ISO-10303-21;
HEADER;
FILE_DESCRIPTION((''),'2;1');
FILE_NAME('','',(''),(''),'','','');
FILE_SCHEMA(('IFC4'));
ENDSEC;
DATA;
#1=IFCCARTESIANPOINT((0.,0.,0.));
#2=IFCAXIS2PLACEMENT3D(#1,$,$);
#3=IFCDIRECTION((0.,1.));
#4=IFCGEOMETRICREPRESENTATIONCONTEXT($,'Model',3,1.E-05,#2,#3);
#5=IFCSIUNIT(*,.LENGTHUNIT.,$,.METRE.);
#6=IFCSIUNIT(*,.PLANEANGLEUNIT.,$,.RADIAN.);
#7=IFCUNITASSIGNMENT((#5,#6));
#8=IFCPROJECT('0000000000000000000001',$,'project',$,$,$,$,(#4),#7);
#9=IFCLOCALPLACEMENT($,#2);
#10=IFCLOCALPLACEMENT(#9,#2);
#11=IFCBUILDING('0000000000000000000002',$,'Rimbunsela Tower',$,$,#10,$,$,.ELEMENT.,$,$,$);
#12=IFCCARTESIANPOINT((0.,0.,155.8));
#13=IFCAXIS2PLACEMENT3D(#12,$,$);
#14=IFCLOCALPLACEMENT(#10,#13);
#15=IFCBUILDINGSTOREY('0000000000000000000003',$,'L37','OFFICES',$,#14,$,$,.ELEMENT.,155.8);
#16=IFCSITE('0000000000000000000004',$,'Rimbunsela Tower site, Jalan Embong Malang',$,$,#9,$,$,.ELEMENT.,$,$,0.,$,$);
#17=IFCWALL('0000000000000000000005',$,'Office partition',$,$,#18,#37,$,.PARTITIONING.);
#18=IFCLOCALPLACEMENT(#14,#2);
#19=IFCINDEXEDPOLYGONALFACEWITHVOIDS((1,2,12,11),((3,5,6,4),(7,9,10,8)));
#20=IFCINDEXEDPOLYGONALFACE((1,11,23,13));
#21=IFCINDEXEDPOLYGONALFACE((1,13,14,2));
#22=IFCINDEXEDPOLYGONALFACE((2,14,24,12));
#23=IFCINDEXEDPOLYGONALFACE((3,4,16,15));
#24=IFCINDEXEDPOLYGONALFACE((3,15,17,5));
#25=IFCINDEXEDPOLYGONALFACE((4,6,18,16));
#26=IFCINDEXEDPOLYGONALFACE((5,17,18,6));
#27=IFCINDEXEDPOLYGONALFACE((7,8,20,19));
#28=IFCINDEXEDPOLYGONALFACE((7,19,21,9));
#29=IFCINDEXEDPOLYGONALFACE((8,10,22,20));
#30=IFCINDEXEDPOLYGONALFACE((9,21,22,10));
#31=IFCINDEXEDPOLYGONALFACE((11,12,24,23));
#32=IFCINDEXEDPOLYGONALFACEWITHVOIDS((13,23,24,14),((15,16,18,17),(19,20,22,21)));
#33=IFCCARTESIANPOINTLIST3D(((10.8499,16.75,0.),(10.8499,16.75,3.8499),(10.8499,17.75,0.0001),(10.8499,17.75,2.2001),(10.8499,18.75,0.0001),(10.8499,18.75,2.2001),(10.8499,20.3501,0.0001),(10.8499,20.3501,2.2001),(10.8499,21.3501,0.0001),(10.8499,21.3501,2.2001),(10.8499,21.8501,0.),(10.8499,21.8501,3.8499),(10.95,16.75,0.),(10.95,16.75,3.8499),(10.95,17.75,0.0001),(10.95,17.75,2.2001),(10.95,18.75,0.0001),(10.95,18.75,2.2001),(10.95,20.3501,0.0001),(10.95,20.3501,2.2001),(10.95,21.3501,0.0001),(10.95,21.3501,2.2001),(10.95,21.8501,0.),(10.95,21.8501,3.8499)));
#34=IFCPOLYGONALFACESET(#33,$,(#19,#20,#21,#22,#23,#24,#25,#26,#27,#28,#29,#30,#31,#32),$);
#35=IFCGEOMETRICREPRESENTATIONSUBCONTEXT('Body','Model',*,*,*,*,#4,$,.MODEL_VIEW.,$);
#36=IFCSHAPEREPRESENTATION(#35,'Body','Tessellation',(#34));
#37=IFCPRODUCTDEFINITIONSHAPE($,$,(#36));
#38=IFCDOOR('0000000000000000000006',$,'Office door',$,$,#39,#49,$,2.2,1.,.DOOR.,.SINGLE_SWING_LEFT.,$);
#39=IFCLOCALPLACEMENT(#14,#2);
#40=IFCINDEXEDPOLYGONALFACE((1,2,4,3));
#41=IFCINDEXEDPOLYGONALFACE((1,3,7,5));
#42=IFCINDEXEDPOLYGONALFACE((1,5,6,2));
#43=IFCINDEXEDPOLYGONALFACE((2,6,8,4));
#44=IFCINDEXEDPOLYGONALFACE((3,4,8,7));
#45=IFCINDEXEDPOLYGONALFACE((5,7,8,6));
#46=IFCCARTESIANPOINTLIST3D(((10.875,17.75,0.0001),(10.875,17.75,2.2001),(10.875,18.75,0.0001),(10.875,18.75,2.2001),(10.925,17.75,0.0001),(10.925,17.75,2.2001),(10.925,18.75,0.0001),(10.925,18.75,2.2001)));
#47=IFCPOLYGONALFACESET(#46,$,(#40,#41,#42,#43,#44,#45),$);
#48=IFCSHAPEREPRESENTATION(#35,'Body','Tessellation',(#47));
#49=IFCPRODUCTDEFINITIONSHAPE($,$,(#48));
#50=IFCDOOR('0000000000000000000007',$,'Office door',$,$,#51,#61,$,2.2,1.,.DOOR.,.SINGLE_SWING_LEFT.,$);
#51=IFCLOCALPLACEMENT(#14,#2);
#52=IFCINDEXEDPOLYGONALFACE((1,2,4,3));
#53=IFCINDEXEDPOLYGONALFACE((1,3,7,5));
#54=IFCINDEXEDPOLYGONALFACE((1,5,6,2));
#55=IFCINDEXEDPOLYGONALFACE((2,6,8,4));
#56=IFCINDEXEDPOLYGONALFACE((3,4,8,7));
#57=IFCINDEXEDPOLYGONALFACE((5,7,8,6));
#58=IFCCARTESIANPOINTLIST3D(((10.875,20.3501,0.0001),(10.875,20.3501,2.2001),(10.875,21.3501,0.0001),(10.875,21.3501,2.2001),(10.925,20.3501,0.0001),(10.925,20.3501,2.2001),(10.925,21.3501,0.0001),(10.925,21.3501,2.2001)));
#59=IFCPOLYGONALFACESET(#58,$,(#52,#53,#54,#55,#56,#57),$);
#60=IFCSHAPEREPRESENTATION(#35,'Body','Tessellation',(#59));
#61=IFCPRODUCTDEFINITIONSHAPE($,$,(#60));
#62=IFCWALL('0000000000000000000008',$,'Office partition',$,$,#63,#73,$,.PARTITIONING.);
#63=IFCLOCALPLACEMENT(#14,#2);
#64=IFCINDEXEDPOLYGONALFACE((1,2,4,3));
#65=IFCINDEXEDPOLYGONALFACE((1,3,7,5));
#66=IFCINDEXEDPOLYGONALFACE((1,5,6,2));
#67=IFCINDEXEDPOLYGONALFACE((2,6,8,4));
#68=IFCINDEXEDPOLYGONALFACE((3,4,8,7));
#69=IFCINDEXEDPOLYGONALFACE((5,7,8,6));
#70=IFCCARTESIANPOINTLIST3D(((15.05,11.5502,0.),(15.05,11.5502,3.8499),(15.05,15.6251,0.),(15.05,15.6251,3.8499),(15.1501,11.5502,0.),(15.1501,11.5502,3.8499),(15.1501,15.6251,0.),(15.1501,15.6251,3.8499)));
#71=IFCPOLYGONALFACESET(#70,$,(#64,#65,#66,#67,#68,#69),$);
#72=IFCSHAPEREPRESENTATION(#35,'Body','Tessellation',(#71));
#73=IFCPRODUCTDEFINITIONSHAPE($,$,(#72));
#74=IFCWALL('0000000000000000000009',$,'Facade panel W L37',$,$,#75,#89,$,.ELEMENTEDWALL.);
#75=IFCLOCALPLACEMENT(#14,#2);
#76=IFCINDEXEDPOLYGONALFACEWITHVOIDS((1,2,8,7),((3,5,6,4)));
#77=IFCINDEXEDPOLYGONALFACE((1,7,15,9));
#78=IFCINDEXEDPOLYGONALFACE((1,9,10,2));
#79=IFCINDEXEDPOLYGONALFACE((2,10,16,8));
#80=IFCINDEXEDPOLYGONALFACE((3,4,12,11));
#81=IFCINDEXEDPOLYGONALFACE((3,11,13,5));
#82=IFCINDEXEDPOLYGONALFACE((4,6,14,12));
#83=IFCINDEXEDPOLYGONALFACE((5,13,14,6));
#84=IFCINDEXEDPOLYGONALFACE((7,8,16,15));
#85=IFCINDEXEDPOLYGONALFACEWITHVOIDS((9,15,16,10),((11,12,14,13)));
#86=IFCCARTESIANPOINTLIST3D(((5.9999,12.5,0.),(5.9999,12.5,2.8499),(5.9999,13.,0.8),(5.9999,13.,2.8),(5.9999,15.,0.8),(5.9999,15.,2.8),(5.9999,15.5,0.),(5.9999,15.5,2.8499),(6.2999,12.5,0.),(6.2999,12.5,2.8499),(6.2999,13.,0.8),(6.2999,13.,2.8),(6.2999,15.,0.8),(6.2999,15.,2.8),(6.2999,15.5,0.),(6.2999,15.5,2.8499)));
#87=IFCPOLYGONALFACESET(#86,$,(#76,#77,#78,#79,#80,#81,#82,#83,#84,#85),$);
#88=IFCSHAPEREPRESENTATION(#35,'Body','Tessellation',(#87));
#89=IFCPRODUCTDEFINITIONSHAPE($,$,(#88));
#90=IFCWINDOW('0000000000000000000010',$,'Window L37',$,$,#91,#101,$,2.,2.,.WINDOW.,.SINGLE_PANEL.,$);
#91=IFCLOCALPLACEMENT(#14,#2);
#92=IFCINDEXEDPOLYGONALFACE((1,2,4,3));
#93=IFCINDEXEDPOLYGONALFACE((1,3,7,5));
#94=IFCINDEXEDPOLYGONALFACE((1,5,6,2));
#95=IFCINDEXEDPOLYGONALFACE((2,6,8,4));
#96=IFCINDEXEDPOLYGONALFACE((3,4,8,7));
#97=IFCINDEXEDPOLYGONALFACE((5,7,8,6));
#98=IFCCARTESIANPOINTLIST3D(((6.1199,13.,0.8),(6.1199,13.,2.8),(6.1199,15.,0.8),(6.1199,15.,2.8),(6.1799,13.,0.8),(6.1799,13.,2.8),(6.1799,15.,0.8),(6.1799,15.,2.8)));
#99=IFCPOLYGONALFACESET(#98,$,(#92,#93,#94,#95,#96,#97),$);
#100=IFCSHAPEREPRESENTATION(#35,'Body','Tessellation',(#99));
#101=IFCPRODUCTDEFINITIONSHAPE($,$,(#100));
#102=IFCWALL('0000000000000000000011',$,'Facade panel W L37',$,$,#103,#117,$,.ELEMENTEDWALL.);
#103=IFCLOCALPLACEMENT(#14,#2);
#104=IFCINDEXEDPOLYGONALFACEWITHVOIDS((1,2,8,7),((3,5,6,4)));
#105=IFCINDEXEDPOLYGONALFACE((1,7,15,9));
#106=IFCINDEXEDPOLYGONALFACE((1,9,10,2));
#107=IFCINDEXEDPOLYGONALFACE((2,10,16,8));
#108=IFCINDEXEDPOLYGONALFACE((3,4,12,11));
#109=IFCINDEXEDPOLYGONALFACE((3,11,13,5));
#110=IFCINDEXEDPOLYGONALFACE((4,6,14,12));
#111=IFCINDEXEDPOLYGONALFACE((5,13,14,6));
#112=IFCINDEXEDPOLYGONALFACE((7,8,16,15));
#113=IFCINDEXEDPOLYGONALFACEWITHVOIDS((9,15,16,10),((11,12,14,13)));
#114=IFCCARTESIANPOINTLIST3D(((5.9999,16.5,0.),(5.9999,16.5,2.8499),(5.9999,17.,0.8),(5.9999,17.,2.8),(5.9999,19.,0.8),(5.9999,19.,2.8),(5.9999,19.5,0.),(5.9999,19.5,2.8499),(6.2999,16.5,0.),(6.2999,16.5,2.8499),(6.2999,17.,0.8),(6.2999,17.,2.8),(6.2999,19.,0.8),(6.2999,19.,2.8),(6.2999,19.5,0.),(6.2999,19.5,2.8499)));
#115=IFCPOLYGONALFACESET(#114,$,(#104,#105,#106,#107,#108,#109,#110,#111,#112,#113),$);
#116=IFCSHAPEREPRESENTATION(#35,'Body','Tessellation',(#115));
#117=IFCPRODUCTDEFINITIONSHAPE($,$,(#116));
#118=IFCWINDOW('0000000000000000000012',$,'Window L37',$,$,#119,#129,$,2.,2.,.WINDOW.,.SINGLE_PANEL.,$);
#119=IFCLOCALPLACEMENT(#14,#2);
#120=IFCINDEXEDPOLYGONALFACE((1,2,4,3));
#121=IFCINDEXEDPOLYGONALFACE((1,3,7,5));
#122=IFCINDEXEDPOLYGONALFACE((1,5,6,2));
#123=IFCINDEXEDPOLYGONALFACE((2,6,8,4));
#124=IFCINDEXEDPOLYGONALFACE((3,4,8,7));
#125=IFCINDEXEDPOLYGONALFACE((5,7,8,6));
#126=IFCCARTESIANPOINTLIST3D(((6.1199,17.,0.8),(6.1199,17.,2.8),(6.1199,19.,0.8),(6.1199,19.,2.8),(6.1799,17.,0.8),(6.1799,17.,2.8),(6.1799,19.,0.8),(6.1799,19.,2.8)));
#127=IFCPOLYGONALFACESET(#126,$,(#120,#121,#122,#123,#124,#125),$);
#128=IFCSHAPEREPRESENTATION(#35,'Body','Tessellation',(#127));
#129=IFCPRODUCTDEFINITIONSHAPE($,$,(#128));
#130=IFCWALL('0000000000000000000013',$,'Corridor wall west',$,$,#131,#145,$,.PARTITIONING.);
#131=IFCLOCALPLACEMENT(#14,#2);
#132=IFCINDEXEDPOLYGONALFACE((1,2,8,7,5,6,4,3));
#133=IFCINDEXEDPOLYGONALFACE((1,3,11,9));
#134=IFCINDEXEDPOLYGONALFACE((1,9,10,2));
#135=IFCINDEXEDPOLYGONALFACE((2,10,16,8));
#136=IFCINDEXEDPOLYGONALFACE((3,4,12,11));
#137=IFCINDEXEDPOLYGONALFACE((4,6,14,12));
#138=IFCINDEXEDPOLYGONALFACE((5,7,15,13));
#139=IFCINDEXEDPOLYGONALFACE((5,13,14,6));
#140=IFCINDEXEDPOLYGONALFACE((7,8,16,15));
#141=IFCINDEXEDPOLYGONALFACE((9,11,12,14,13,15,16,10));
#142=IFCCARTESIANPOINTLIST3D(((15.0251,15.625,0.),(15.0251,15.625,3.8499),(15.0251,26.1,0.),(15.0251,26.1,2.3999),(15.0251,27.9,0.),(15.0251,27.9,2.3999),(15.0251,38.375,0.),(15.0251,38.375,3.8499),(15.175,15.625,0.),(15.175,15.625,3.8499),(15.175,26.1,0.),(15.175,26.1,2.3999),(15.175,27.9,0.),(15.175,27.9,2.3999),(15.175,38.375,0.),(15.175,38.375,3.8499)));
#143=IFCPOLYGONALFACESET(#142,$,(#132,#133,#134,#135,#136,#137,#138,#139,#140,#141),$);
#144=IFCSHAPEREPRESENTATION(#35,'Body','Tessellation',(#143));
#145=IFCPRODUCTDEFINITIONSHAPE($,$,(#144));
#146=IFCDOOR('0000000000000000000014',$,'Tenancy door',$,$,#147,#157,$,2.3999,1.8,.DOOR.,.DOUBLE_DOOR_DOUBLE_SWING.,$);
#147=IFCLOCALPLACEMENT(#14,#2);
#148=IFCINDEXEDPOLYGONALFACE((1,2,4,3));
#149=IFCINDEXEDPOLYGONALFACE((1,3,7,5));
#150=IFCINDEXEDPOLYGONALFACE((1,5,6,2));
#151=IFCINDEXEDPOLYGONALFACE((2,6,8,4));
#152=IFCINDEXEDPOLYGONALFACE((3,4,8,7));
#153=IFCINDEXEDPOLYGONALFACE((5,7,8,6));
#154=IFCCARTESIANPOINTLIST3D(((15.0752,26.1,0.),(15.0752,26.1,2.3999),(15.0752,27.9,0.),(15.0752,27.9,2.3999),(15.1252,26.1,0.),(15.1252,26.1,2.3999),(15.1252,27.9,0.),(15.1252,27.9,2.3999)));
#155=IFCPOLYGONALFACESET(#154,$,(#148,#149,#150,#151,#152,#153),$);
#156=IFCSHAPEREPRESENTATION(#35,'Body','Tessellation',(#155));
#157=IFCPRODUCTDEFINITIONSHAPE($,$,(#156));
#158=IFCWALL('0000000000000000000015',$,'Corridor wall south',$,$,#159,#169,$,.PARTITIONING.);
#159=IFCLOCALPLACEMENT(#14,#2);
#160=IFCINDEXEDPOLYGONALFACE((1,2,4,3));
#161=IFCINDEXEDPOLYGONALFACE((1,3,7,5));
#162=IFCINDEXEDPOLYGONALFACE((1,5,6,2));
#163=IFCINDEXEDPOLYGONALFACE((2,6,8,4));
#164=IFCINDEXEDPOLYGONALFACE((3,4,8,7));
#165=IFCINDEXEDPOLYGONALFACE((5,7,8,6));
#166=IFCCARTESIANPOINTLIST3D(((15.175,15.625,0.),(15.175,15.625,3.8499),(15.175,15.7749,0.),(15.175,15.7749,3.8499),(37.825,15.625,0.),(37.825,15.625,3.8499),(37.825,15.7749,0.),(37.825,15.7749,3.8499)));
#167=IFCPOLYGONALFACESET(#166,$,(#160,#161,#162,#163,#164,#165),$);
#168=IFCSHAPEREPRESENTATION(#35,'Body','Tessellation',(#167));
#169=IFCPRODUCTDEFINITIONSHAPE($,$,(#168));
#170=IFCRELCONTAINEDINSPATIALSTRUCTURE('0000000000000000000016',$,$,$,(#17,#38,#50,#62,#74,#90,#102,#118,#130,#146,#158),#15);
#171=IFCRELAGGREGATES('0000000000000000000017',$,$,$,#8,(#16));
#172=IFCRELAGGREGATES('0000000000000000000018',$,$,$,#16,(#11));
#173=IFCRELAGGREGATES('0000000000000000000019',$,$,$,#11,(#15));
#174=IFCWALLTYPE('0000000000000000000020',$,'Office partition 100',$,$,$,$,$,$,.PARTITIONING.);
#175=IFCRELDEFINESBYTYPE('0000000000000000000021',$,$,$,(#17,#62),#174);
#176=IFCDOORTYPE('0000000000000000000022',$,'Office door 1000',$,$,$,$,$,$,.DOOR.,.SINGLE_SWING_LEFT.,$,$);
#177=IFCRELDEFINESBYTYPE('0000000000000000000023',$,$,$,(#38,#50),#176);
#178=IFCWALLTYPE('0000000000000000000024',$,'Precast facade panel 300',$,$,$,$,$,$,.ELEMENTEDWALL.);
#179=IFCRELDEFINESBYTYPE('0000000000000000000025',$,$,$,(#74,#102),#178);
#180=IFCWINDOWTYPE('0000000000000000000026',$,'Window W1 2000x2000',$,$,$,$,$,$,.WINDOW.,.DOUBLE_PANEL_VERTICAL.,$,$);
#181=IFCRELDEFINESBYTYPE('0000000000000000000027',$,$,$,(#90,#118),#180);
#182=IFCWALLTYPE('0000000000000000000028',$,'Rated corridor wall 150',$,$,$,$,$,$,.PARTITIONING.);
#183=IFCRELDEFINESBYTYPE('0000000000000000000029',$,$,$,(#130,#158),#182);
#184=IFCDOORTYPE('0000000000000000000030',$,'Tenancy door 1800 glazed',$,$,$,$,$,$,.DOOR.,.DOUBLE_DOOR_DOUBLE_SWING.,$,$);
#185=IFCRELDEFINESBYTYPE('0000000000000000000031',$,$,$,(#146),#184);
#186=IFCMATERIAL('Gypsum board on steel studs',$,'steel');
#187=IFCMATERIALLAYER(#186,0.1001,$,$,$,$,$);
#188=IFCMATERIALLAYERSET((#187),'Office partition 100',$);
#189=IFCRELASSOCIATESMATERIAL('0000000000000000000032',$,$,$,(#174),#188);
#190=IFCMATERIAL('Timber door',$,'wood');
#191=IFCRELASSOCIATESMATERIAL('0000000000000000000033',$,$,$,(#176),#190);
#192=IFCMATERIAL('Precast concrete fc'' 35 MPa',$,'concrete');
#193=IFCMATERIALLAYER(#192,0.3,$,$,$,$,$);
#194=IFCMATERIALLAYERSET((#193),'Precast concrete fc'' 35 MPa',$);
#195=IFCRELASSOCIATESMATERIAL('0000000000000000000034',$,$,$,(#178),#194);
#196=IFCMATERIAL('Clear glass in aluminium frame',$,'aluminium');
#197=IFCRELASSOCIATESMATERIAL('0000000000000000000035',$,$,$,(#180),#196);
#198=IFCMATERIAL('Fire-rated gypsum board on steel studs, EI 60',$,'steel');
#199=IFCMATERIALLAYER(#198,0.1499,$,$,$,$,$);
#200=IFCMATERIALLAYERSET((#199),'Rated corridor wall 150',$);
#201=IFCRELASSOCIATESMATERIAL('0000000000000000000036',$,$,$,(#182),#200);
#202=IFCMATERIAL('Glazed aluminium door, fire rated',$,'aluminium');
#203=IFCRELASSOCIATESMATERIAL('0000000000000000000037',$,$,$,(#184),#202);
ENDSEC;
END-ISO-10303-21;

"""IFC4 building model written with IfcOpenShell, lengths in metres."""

from ifc_helpers import new_model, si_unit, direction, frame, frame_2d, origin, place, context, subcontext, project, spatial, rectangle, extrude, material, layer, layer_set, type_object, element, fill, save


model = new_model("IFC4")

# Units and contexts
model_context = context("Model", 3, precision=1e-05, world=origin(), true_north=direction((0.0, 1.0)))
body_context = subcontext(model_context, "Body", "Model", "MODEL_VIEW")
ifc_project = project(units=[si_unit("LENGTHUNIT", "METRE"), si_unit("PLANEANGLEUNIT", "RADIAN")], contexts=[model_context])

# Site, building, storey
site_placement = place(None, origin())
site = spatial("IfcSite", under=ifc_project, at=site_placement, Name="Rimbunsela Tower site, Jalan Embong Malang", CompositionType="ELEMENT", RefElevation=0.0)
building_placement = place(site_placement, origin())
building = spatial("IfcBuilding", under=site, at=building_placement, Name="Rimbunsela Tower", CompositionType="ELEMENT")
storey_placement = place(building_placement, frame((0.0, 0.0, 155.8)))
storey = spatial("IfcBuildingStorey", under=building, at=storey_placement, Name="L37", Description="OFFICES", CompositionType="ELEMENT", Elevation=155.8)

# Shared definitions
ifc_material_1 = material(Name="Gypsum board on steel studs", Category="steel")
ifc_layer_1 = layer(ifc_material_1, 0.1001)
ifc_layer_set_1 = layer_set([ifc_layer_1], Name="Office partition 100")
wall_type_1 = type_object("IfcWallType", Name="Office partition 100", PredefinedType="PARTITIONING", material=ifc_layer_set_1)
ifc_material_2 = material(Name="Timber door", Category="wood")
door_type_1 = type_object("IfcDoorType", Name="Office door 1000", OperationType="SINGLE_SWING_LEFT", PredefinedType="DOOR", material=ifc_material_2)

# Wall, openings, doors
wall_1_placement = place(storey_placement, frame((10.8999, 16.75, 0.0), z_axis=(0.0, 0.0, 1.0), x_axis=(0.0, 1.0, 0.0)))
wall_1 = element("IfcWall", 1, at=wall_1_placement, inside=storey, type_object=wall_type_1, Name="Office partition", PredefinedType="PARTITIONING", context=body_context, shape_type="SweptSolid", body=[
    extrude(rectangle(XDim=5.1001, YDim=0.1001, at=frame_2d((2.55, 0.0))), origin(), (0.0, 0.0, 1.0), 3.8499),
])
opening_1_placement = place(wall_1_placement, frame((1.0, 0.0, 0.0)))
opening_1 = element("IfcOpeningElement", 2, at=opening_1_placement, cuts=wall_1, PredefinedType="OPENING", context=body_context, shape_type="SweptSolid", body=[
    extrude(rectangle(XDim=1.0, YDim=2.2, at=frame_2d((0.5, 1.1001))), frame((0.0, 0.0601, 0.0), z_axis=(0.0, -1.0, 0.0), x_axis=(1.0, 0.0, 0.0)), (0.0, 0.0, 1.0), 0.1201),
])
opening_2_placement = place(wall_1_placement, frame((3.6001, 0.0, 0.0)))
opening_2 = element("IfcOpeningElement", 3, at=opening_2_placement, cuts=wall_1, PredefinedType="OPENING", context=body_context, shape_type="SweptSolid", body=[
    extrude(rectangle(XDim=1.0, YDim=2.2, at=frame_2d((0.5, 1.1001))), frame((0.0, 0.0601, 0.0), z_axis=(0.0, -1.0, 0.0), x_axis=(1.0, 0.0, 0.0)), (0.0, 0.0, 1.0), 0.1201),
])
door_1_placement = place(opening_1_placement, origin())
door_1 = element("IfcDoor", 4, at=door_1_placement, inside=storey, type_object=door_type_1, Name="Office door", OperationType="SINGLE_SWING_LEFT", OverallHeight=2.2, OverallWidth=1.0, PredefinedType="DOOR", context=body_context, shape_type="SweptSolid", body=[
    extrude(rectangle(XDim=1.0, YDim=2.2, at=frame_2d((0.5, 1.1001))), frame((0.0, 0.0249, 0.0), z_axis=(0.0, -1.0, 0.0), x_axis=(1.0, 0.0, 0.0)), (0.0, 0.0, 1.0), 0.05),
])
fill(opening_1, door_1)
door_2_placement = place(opening_2_placement, origin())
door_2 = element("IfcDoor", 5, at=door_2_placement, inside=storey, type_object=door_type_1, Name="Office door", OperationType="SINGLE_SWING_LEFT", OverallHeight=2.2, OverallWidth=1.0, PredefinedType="DOOR", context=body_context, shape_type="SweptSolid", body=[
    extrude(rectangle(XDim=1.0, YDim=2.2, at=frame_2d((0.5, 1.1001))), frame((0.0, 0.0249, 0.0), z_axis=(0.0, -1.0, 0.0), x_axis=(1.0, 0.0, 0.0)), (0.0, 0.0, 1.0), 0.05),
])
fill(opening_2, door_2)

# Wall
wall_2_placement = place(storey_placement, frame((15.1001, 11.55, 0.0), z_axis=(0.0, 0.0, 1.0), x_axis=(0.0, 1.0, 0.0)))
element("IfcWall", 6, at=wall_2_placement, inside=storey, type_object=wall_type_1, Name="Office partition", PredefinedType="PARTITIONING", context=body_context, shape_type="SweptSolid", body=[
    extrude(rectangle(XDim=4.075, YDim=0.1001, at=frame_2d((2.0376, 0.0))), origin(), (0.0, 0.0, 1.0), 3.8499),
])

# Walls, openings, windows
ifc_material_3 = material(Name="Precast concrete fc' 35 MPa", Category="concrete")
ifc_layer_2 = layer(ifc_material_3, 0.3)
ifc_layer_set_2 = layer_set([ifc_layer_2], Name="Precast concrete fc' 35 MPa")
wall_type_2 = type_object("IfcWallType", Name="Precast facade panel 300", PredefinedType="ELEMENTEDWALL", material=ifc_layer_set_2)
wall_3_placement = place(storey_placement, frame((6.1499, 15.5, 0.0), z_axis=(0.0, 0.0, 1.0), x_axis=(0.0, -1.0, 0.0)))
wall_3 = element("IfcWall", 7, at=wall_3_placement, inside=storey, type_object=wall_type_2, Name="Facade panel W L37", PredefinedType="ELEMENTEDWALL", context=body_context, shape_type="SweptSolid", body=[
    extrude(rectangle(XDim=3.0, YDim=0.3, at=frame_2d((1.5, 0.0))), origin(), (0.0, 0.0, 1.0), 2.8499),
])
opening_3_placement = place(wall_3_placement, frame((0.5, 0.0, 0.8)))
opening_3 = element("IfcOpeningElement", 8, at=opening_3_placement, cuts=wall_3, PredefinedType="OPENING", context=body_context, shape_type="SweptSolid", body=[
    extrude(rectangle(XDim=2.0, YDim=2.0, at=frame_2d((1.0, 1.0))), frame((0.0, 0.1599, 0.0), z_axis=(0.0, -1.0, 0.0), x_axis=(1.0, 0.0, 0.0)), (0.0, 0.0, 1.0), 0.3201),
])
ifc_material_4 = material(Name="Clear glass in aluminium frame", Category="aluminium")
window_type = type_object("IfcWindowType", Name="Window W1 2000x2000", PartitioningType="DOUBLE_PANEL_VERTICAL", PredefinedType="WINDOW", material=ifc_material_4)
window_1_placement = place(opening_3_placement, origin())
window_1 = element("IfcWindow", 9, at=window_1_placement, inside=storey, type_object=window_type, Name="Window L37", OverallHeight=2.0, OverallWidth=2.0, PartitioningType="SINGLE_PANEL", PredefinedType="WINDOW", context=body_context, shape_type="SweptSolid", body=[
    extrude(rectangle(XDim=2.0, YDim=2.0, at=frame_2d((1.0, 1.0))), frame((0.0, 0.03, 0.0), z_axis=(0.0, -1.0, 0.0), x_axis=(1.0, 0.0, 0.0)), (0.0, 0.0, 1.0), 0.0601),
])
fill(opening_3, window_1)
wall_4_placement = place(storey_placement, frame((6.1499, 19.5, 0.0), z_axis=(0.0, 0.0, 1.0), x_axis=(0.0, -1.0, 0.0)))
wall_4 = element("IfcWall", 10, at=wall_4_placement, inside=storey, type_object=wall_type_2, Name="Facade panel W L37", PredefinedType="ELEMENTEDWALL", context=body_context, shape_type="SweptSolid", body=[
    extrude(rectangle(XDim=3.0, YDim=0.3, at=frame_2d((1.5, 0.0))), origin(), (0.0, 0.0, 1.0), 2.8499),
])
opening_4_placement = place(wall_4_placement, frame((0.5, 0.0, 0.8)))
opening_4 = element("IfcOpeningElement", 11, at=opening_4_placement, cuts=wall_4, PredefinedType="OPENING", context=body_context, shape_type="SweptSolid", body=[
    extrude(rectangle(XDim=2.0, YDim=2.0, at=frame_2d((1.0, 1.0))), frame((0.0, 0.1599, 0.0), z_axis=(0.0, -1.0, 0.0), x_axis=(1.0, 0.0, 0.0)), (0.0, 0.0, 1.0), 0.3201),
])
window_2_placement = place(opening_4_placement, origin())
window_2 = element("IfcWindow", 12, at=window_2_placement, inside=storey, type_object=window_type, Name="Window L37", OverallHeight=2.0, OverallWidth=2.0, PartitioningType="SINGLE_PANEL", PredefinedType="WINDOW", context=body_context, shape_type="SweptSolid", body=[
    extrude(rectangle(XDim=2.0, YDim=2.0, at=frame_2d((1.0, 1.0))), frame((0.0, 0.03, 0.0), z_axis=(0.0, -1.0, 0.0), x_axis=(1.0, 0.0, 0.0)), (0.0, 0.0, 1.0), 0.0601),
])
fill(opening_4, window_2)

# Wall, opening, door
ifc_material_5 = material(Name="Fire-rated gypsum board on steel studs, EI 60", Category="steel")
ifc_layer_3 = layer(ifc_material_5, 0.1499)
ifc_layer_set_3 = layer_set([ifc_layer_3], Name="Rated corridor wall 150")
wall_type_3 = type_object("IfcWallType", Name="Rated corridor wall 150", PredefinedType="PARTITIONING", material=ifc_layer_set_3)
wall_5_placement = place(storey_placement, frame((15.1001, 15.625, 0.0), z_axis=(0.0, 0.0, 1.0), x_axis=(0.0, 1.0, 0.0)))
wall_5 = element("IfcWall", 13, at=wall_5_placement, inside=storey, type_object=wall_type_3, Name="Corridor wall west", PredefinedType="PARTITIONING", context=body_context, shape_type="SweptSolid", body=[
    extrude(rectangle(XDim=22.75, YDim=0.1499, at=frame_2d((11.375, 0.0))), origin(), (0.0, 0.0, 1.0), 3.8499),
])
opening_5_placement = place(wall_5_placement, frame((10.4751, 0.0, 0.0)))
opening_5 = element("IfcOpeningElement", 14, at=opening_5_placement, cuts=wall_5, PredefinedType="OPENING", context=body_context, shape_type="SweptSolid", body=[
    extrude(rectangle(XDim=1.8, YDim=2.3999, at=frame_2d((0.8999, 1.2))), frame((0.0, 0.085, 0.0), z_axis=(0.0, -1.0, 0.0), x_axis=(1.0, 0.0, 0.0)), (0.0, 0.0, 1.0), 0.1699),
])
ifc_material_6 = material(Name="Glazed aluminium door, fire rated", Category="aluminium")
door_type_2 = type_object("IfcDoorType", Name="Tenancy door 1800 glazed", OperationType="DOUBLE_DOOR_DOUBLE_SWING", PredefinedType="DOOR", material=ifc_material_6)
door_3_placement = place(opening_5_placement, origin())
door_3 = element("IfcDoor", 15, at=door_3_placement, inside=storey, type_object=door_type_2, Name="Tenancy door", OperationType="DOUBLE_DOOR_DOUBLE_SWING", OverallHeight=2.3999, OverallWidth=1.8, PredefinedType="DOOR", context=body_context, shape_type="SweptSolid", body=[
    extrude(rectangle(XDim=1.8, YDim=2.3999, at=frame_2d((0.8999, 1.2))), frame((0.0, 0.0249, 0.0), z_axis=(0.0, -1.0, 0.0), x_axis=(1.0, 0.0, 0.0)), (0.0, 0.0, 1.0), 0.05),
])
fill(opening_5, door_3)

# Wall
wall_6_placement = place(storey_placement, frame((15.175, 15.7, 0.0), z_axis=(0.0, 0.0, 1.0), x_axis=(1.0, 0.0, 0.0)))
element("IfcWall", 16, at=wall_6_placement, inside=storey, type_object=wall_type_3, Name="Corridor wall south", PredefinedType="PARTITIONING", context=body_context, shape_type="SweptSolid", body=[
    extrude(rectangle(XDim=22.6499, YDim=0.1499, at=frame_2d((11.325, 0.0))), origin(), (0.0, 0.0, 1.0), 3.8499),
])

save(model, "model.ifc")
